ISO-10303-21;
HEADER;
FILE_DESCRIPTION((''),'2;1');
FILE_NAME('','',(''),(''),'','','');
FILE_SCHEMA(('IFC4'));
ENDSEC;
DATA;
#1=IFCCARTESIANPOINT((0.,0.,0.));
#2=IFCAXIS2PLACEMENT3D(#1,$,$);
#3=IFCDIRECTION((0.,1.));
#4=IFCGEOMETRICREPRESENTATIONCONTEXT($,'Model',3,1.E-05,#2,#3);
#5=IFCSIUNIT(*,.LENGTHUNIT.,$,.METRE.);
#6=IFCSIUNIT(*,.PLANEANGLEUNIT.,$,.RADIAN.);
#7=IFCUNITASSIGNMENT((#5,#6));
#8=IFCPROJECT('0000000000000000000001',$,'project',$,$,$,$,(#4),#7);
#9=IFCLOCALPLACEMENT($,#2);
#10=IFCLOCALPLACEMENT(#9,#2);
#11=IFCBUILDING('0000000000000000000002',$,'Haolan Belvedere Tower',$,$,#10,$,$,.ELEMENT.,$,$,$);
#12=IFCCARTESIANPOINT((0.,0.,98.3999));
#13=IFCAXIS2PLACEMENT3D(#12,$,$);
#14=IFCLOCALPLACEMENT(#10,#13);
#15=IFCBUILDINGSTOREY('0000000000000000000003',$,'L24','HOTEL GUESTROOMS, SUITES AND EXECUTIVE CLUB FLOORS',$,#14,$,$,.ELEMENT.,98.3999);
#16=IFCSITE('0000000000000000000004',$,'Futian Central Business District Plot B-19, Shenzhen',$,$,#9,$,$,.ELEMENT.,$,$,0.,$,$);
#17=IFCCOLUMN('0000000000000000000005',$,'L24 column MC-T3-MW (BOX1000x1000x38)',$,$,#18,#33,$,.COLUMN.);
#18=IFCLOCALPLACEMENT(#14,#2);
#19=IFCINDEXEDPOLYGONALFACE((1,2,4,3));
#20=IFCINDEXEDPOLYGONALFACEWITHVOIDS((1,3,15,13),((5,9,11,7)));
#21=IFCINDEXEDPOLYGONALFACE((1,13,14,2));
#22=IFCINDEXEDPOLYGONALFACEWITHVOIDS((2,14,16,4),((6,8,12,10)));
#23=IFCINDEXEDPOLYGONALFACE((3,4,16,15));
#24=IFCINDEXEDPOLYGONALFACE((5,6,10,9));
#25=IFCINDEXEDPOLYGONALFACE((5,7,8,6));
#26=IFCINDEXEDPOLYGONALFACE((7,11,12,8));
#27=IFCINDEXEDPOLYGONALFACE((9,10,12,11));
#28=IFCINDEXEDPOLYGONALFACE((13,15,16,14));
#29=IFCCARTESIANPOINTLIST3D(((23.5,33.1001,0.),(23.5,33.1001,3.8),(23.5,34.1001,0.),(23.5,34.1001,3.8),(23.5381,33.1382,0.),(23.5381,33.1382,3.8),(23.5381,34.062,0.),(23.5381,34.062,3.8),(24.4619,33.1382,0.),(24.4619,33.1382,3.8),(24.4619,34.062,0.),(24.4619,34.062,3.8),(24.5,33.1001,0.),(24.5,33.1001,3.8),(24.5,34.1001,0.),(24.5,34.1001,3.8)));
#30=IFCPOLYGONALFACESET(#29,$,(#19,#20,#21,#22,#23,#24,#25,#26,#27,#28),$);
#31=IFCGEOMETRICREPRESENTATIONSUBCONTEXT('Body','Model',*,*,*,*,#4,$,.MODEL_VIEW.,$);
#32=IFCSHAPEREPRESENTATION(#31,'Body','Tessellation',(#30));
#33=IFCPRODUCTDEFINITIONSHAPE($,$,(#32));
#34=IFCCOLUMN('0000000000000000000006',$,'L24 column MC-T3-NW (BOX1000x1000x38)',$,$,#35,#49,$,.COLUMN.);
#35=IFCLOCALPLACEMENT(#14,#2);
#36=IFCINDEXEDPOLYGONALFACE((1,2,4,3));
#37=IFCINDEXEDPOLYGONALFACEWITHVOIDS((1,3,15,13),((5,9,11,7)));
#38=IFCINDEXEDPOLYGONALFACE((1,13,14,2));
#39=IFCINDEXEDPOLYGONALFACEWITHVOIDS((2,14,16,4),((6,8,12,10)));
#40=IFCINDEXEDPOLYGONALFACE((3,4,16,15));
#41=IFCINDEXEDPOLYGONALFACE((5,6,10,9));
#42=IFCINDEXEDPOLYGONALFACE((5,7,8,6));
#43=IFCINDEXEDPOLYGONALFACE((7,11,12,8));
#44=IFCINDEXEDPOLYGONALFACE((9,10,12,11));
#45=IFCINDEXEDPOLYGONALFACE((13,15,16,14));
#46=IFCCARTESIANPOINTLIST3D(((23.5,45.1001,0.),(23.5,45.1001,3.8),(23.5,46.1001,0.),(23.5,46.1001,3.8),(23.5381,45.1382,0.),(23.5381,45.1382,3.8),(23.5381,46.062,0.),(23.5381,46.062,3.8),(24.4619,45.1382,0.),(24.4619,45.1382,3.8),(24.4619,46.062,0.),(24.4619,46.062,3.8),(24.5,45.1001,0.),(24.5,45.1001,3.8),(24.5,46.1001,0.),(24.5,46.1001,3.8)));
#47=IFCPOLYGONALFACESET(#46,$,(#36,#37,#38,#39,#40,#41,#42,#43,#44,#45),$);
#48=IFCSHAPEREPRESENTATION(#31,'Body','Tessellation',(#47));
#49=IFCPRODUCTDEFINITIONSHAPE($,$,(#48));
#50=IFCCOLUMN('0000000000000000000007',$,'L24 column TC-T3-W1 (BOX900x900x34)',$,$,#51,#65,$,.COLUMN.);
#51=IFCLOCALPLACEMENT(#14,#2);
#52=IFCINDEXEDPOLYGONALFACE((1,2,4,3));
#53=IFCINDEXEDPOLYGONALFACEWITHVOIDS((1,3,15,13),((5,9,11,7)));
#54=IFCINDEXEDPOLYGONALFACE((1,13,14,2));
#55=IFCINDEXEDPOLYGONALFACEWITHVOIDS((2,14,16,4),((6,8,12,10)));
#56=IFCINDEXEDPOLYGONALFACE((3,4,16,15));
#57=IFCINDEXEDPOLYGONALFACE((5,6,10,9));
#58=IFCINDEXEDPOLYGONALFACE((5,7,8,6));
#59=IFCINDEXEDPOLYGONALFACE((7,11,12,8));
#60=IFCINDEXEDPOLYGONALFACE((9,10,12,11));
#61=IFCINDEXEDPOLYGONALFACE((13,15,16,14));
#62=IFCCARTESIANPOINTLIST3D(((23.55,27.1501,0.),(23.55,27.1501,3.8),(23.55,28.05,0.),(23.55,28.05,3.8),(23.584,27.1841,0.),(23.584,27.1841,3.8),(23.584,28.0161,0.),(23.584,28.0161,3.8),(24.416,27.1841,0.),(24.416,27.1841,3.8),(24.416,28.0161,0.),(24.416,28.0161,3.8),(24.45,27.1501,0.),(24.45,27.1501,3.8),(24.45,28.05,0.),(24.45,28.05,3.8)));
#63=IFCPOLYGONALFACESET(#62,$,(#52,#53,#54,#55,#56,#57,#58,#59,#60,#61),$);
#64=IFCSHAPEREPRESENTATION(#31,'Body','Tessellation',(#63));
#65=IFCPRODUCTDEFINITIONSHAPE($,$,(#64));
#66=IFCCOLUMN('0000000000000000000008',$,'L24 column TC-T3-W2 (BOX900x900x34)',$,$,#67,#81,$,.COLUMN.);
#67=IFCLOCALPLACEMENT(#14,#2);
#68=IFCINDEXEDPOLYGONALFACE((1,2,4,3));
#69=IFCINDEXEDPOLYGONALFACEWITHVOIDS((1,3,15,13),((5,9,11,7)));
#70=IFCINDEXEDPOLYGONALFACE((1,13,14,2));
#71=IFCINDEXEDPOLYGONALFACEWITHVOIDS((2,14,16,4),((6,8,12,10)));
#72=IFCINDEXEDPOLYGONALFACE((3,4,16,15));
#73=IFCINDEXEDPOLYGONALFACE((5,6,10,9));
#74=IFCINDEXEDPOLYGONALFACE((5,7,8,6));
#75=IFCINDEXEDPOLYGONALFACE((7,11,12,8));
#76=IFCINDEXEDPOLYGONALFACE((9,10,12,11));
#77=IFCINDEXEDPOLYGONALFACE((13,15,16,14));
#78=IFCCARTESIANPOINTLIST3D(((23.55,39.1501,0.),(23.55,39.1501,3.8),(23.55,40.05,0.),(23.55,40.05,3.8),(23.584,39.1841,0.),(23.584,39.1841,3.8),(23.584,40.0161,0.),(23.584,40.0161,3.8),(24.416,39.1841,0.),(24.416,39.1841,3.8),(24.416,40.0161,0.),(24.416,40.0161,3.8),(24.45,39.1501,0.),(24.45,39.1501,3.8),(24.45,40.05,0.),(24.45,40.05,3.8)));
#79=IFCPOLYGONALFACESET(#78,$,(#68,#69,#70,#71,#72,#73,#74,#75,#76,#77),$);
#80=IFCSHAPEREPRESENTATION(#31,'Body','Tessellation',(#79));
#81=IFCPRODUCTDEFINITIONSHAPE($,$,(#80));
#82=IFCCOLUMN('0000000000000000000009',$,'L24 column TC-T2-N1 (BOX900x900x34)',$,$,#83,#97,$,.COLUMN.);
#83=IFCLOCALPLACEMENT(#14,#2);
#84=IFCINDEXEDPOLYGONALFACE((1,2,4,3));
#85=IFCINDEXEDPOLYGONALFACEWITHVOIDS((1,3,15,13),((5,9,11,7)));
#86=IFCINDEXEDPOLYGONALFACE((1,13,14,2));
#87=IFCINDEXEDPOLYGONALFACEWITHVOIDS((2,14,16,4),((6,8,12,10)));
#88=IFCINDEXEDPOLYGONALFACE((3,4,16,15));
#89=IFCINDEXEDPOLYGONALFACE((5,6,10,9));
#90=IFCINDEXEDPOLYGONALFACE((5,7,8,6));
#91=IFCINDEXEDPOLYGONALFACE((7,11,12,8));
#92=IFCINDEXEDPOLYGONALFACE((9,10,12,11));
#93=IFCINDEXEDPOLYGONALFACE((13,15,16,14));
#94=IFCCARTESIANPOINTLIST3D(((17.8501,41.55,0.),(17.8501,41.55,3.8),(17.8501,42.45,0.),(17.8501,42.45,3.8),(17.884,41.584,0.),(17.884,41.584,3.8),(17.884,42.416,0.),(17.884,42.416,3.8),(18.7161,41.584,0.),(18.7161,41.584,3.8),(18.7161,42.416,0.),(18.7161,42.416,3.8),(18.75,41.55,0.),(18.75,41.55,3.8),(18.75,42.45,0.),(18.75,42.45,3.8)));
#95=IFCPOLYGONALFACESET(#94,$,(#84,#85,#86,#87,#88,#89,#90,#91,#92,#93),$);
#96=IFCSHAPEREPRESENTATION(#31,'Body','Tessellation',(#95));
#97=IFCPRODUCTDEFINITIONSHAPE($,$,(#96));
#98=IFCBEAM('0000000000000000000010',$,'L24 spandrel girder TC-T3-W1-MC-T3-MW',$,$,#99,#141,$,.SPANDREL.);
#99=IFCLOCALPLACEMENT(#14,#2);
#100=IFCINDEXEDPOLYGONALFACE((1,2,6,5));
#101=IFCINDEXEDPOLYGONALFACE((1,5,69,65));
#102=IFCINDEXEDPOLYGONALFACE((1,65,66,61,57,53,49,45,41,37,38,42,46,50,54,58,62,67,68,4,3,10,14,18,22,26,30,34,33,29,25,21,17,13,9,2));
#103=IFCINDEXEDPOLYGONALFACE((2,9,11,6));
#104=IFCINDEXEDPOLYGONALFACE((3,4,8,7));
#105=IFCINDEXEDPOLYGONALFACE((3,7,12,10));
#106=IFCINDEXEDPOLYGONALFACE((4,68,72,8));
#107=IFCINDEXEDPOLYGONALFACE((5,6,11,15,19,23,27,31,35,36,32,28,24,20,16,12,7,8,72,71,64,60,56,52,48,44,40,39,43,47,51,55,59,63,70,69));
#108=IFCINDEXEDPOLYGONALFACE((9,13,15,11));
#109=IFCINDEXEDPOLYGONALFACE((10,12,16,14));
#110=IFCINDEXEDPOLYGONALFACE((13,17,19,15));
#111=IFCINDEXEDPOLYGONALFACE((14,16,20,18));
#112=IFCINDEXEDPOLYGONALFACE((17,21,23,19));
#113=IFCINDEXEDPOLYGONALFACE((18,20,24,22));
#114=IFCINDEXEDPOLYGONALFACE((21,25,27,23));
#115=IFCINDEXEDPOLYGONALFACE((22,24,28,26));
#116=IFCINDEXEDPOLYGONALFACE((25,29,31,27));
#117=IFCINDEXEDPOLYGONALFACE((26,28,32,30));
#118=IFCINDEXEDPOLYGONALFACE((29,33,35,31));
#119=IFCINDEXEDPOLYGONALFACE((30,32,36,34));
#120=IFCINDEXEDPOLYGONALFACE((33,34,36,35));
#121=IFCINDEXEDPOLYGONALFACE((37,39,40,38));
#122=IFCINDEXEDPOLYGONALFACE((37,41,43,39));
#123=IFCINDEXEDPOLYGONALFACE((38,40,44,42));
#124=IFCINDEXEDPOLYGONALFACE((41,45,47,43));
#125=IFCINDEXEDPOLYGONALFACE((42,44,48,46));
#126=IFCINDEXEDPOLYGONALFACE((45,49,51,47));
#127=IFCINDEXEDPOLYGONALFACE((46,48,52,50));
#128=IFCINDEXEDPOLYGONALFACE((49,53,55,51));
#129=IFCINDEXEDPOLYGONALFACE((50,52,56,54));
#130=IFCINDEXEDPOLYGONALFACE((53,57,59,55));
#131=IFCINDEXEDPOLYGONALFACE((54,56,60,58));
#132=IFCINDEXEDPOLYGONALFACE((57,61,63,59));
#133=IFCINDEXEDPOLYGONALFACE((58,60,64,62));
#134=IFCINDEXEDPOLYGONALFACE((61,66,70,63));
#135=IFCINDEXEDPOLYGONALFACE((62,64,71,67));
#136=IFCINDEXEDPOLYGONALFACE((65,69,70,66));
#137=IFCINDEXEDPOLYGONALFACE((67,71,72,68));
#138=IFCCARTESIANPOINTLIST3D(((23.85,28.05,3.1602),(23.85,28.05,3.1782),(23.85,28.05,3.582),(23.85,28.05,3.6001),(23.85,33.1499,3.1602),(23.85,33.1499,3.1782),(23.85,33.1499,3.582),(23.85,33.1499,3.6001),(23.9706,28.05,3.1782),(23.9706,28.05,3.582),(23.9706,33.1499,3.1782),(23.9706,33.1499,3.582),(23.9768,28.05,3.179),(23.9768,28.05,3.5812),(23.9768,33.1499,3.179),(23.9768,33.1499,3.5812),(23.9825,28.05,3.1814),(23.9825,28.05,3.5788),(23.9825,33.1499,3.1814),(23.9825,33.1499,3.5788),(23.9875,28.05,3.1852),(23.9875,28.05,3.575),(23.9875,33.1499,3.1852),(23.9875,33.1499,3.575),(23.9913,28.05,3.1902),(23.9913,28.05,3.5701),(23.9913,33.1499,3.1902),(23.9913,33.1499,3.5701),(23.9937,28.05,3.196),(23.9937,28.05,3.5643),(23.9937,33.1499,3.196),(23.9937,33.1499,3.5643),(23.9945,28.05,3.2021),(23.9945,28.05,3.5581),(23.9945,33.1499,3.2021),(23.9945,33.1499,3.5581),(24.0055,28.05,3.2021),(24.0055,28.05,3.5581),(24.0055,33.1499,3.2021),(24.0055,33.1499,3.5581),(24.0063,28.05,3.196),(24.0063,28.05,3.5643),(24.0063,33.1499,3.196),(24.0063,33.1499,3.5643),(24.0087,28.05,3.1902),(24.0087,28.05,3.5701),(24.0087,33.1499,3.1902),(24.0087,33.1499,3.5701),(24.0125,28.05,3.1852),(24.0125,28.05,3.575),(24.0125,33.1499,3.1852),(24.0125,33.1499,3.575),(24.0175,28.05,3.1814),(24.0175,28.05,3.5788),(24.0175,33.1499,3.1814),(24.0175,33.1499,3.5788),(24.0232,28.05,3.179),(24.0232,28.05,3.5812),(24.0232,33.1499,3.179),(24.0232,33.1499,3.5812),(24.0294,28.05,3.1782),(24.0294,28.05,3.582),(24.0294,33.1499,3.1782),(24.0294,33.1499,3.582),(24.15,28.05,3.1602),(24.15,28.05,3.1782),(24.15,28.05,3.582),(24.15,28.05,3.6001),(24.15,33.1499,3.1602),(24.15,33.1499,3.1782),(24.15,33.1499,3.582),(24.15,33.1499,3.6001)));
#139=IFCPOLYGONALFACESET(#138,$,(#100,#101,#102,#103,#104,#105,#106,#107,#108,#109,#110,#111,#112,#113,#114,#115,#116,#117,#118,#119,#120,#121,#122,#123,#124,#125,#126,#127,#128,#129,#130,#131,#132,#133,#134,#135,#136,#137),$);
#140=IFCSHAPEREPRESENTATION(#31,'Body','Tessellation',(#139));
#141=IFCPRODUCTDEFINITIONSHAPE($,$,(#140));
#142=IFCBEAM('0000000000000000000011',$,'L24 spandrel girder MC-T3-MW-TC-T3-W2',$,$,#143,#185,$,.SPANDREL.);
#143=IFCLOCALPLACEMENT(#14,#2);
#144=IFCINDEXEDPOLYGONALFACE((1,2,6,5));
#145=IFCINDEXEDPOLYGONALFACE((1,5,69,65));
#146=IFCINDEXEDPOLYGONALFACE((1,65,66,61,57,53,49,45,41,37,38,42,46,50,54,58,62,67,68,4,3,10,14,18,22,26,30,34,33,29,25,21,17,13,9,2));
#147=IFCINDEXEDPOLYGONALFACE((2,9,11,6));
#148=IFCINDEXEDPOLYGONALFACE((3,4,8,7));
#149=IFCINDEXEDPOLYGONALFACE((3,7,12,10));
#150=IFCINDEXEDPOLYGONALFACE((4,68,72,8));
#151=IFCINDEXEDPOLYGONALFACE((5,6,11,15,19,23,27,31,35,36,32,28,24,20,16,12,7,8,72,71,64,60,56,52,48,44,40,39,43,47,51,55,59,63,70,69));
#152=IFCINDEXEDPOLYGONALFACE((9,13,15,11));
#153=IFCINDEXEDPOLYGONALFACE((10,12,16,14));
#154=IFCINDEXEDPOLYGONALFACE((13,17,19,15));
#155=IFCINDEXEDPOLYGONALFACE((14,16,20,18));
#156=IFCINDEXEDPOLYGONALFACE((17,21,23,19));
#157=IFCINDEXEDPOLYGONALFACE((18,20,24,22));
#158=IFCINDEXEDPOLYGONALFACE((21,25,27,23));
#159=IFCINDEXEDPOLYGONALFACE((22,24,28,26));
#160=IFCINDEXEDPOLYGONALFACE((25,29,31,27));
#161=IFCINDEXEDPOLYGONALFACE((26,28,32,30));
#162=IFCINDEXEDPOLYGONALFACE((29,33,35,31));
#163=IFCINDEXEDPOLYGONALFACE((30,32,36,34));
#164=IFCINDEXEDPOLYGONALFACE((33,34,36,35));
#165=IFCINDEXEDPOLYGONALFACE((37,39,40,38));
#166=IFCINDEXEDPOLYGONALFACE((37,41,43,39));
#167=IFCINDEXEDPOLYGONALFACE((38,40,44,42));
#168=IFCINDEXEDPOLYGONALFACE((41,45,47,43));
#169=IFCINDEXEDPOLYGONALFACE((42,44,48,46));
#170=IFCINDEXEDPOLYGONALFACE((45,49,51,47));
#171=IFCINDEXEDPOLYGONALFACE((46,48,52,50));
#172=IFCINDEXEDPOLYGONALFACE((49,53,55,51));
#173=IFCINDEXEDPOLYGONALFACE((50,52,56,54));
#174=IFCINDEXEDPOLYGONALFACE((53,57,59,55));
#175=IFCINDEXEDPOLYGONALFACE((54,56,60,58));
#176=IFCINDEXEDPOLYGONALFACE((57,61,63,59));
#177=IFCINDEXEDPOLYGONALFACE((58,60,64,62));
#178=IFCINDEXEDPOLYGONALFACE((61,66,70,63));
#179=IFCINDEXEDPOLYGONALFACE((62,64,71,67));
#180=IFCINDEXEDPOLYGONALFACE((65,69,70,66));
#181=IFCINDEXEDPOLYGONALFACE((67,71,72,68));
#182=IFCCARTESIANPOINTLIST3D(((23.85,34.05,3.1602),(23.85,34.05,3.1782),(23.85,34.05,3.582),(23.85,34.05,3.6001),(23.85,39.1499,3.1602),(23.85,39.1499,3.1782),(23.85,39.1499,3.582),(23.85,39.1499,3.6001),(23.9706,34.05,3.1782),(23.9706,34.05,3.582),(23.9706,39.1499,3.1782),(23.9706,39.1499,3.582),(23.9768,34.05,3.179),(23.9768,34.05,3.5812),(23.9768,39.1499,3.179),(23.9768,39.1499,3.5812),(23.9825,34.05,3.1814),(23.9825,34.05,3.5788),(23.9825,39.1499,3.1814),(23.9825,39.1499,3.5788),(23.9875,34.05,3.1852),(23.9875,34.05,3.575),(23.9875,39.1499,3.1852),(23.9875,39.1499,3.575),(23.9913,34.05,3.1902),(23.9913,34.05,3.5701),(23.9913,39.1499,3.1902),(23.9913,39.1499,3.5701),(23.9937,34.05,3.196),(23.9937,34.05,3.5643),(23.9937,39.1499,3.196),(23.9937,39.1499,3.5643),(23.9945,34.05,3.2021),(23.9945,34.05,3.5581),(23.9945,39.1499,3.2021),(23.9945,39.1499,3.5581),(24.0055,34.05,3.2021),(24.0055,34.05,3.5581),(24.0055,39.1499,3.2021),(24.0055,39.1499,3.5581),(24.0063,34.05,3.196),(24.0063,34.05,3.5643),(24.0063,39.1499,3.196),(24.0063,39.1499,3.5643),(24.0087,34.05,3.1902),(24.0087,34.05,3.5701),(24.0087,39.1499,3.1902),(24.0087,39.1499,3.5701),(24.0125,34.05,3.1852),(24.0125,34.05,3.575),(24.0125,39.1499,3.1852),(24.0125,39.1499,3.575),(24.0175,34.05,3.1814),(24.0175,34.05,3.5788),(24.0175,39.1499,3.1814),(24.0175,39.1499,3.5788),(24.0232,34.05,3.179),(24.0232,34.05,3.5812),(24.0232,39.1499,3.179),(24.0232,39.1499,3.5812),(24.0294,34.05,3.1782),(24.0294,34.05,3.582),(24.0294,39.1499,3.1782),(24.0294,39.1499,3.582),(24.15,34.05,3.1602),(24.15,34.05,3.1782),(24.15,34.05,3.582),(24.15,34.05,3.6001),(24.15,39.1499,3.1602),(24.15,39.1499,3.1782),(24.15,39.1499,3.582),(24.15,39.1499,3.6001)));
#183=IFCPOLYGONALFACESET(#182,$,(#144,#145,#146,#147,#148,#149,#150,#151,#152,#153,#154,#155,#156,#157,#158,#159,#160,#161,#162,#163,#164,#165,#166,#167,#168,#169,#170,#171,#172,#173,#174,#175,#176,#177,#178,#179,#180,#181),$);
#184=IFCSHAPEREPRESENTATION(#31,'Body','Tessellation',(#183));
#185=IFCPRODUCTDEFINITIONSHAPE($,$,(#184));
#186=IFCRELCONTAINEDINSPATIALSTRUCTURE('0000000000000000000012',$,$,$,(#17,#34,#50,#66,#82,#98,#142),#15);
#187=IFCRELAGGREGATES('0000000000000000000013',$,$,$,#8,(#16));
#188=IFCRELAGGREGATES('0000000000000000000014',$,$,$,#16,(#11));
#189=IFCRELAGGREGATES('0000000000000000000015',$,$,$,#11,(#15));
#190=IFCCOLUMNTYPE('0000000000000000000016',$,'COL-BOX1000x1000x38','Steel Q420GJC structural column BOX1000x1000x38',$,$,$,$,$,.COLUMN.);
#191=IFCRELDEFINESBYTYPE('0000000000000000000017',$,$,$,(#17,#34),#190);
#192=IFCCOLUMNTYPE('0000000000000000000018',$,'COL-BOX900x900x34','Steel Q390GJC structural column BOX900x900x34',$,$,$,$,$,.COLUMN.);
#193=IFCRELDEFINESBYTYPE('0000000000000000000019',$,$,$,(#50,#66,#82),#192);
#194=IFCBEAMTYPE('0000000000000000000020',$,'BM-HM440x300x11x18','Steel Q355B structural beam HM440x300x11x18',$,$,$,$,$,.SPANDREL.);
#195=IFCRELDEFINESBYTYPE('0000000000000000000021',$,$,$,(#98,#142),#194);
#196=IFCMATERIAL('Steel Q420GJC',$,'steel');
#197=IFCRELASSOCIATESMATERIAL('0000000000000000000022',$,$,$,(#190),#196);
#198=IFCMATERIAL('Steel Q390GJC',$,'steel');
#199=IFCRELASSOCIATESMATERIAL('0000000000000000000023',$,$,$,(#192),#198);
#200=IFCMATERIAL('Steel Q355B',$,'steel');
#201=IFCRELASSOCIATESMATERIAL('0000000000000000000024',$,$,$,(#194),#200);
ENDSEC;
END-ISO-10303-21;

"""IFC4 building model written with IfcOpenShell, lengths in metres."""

from ifc_helpers import new_model, si_unit, direction, frame, origin, origin_2d, place, context, subcontext, project, spatial, hollow_rectangle, i_section, extrude, material, material_profile, profile_set, type_object, element, save


model = new_model("IFC4")

# Units and contexts
model_context = context("Model", 3, precision=1e-05, world=origin(), true_north=direction((0.0, 1.0)))
body_context = subcontext(model_context, "Body", "Model", "MODEL_VIEW")
ifc_project = project(units=[si_unit("LENGTHUNIT", "METRE"), si_unit("PLANEANGLEUNIT", "RADIAN")], contexts=[model_context])

# Site, building, storey
site_placement = place(None, origin())
site = spatial("IfcSite", under=ifc_project, at=site_placement, Name="Futian Central Business District Plot B-19, Shenzhen", CompositionType="ELEMENT", RefElevation=0.0)
building_placement = place(site_placement, origin())
building = spatial("IfcBuilding", under=site, at=building_placement, Name="Haolan Belvedere Tower", CompositionType="ELEMENT")
storey_placement = place(building_placement, frame((0.0, 0.0, 98.3999)))
storey = spatial("IfcBuildingStorey", under=building, at=storey_placement, Name="L24", Description="HOTEL GUESTROOMS, SUITES AND EXECUTIVE CLUB FLOORS", CompositionType="ELEMENT", Elevation=98.3999)

# Columns
ifc_material_1 = material(Name="Steel Q420GJC", Category="steel")
ifc_material_profile_1 = material_profile(ifc_material_1, hollow_rectangle(XDim=1.0, YDim=1.0, WallThickness=0.0381, at=origin_2d()), Name="Steel Q420GJC")
ifc_profile_set_1 = profile_set([ifc_material_profile_1], Name="Steel Q420GJC")
column_type_1 = type_object("IfcColumnType", Name="COL-BOX1000x1000x38", Description="Steel Q420GJC structural column BOX1000x1000x38", PredefinedType="COLUMN", material=ifc_profile_set_1)
for number, where, z_axis, x_axis, name in (
    (1, (24.0, 33.6001, 0.0), (0.0, 0.0, 1.0), (1.0, 0.0, 0.0), "L24 column MC-T3-MW (BOX1000x1000x38)"),
    (2, (24.0, 45.6001, 0.0), (0.0, 0.0, 1.0), (1.0, 0.0, 0.0), "L24 column MC-T3-NW (BOX1000x1000x38)"),
):
    element("IfcColumn", number, at=place(storey_placement, frame(where, z_axis=z_axis, x_axis=x_axis)), inside=storey, type_object=column_type_1, Name=name, PredefinedType="COLUMN", context=body_context, shape_type="SweptSolid", body=[
        extrude(hollow_rectangle(XDim=1.0, YDim=1.0, WallThickness=0.0381, at=origin_2d()), origin(), (0.0, 0.0, 1.0), 3.8),
    ])
ifc_material_2 = material(Name="Steel Q390GJC", Category="steel")
ifc_material_profile_2 = material_profile(ifc_material_2, hollow_rectangle(XDim=0.8999, YDim=0.8999, WallThickness=0.0339, at=origin_2d()), Name="Steel Q390GJC")
ifc_profile_set_2 = profile_set([ifc_material_profile_2], Name="Steel Q390GJC")
column_type_2 = type_object("IfcColumnType", Name="COL-BOX900x900x34", Description="Steel Q390GJC structural column BOX900x900x34", PredefinedType="COLUMN", material=ifc_profile_set_2)
for number, where, z_axis, x_axis, name in (
    (3, (24.0, 27.6001, 0.0), (0.0, 0.0, 1.0), (1.0, 0.0, 0.0), "L24 column TC-T3-W1 (BOX900x900x34)"),
    (4, (24.0, 39.6001, 0.0), (0.0, 0.0, 1.0), (1.0, 0.0, 0.0), "L24 column TC-T3-W2 (BOX900x900x34)"),
    (5, (18.3, 42.0, 0.0), (0.0, 0.0, 1.0), (1.0, 0.0, 0.0), "L24 column TC-T2-N1 (BOX900x900x34)"),
):
    element("IfcColumn", number, at=place(storey_placement, frame(where, z_axis=z_axis, x_axis=x_axis)), inside=storey, type_object=column_type_2, Name=name, PredefinedType="COLUMN", context=body_context, shape_type="SweptSolid", body=[
        extrude(hollow_rectangle(XDim=0.8999, YDim=0.8999, WallThickness=0.0339, at=origin_2d()), origin(), (0.0, 0.0, 1.0), 3.8),
    ])

# Beams
ifc_material_3 = material(Name="Steel Q355B", Category="steel")
ifc_material_profile_3 = material_profile(ifc_material_3, i_section(OverallWidth=0.3, OverallDepth=0.4399, WebThickness=0.011, FlangeThickness=0.0181, FilletRadius=0.0239, at=origin_2d()), Name="Steel Q355B")
ifc_profile_set_3 = profile_set([ifc_material_profile_3], Name="Steel Q355B")
beam_type = type_object("IfcBeamType", Name="BM-HM440x300x11x18", Description="Steel Q355B structural beam HM440x300x11x18", PredefinedType="SPANDREL", material=ifc_profile_set_3)
for number, where, z_axis, x_axis, name in (
    (6, (24.0, 28.05, 3.3801), (0.0, 1.0, 0.0), (-1.0, 0.0, 0.0), "L24 spandrel girder TC-T3-W1-MC-T3-MW"),
    (7, (24.0, 34.05, 3.3801), (0.0, 1.0, 0.0), (-1.0, 0.0, 0.0), "L24 spandrel girder MC-T3-MW-TC-T3-W2"),
):
    element("IfcBeam", number, at=place(storey_placement, frame(where, z_axis=z_axis, x_axis=x_axis)), inside=storey, type_object=beam_type, Name=name, PredefinedType="SPANDREL", context=body_context, shape_type="SweptSolid", body=[
        extrude(i_section(OverallWidth=0.3, OverallDepth=0.4399, WebThickness=0.011, FlangeThickness=0.0181, FilletRadius=0.0239, at=origin_2d()), origin(), (0.0, 0.0, 1.0), 5.0999),
    ])

save(model, "model.ifc")
